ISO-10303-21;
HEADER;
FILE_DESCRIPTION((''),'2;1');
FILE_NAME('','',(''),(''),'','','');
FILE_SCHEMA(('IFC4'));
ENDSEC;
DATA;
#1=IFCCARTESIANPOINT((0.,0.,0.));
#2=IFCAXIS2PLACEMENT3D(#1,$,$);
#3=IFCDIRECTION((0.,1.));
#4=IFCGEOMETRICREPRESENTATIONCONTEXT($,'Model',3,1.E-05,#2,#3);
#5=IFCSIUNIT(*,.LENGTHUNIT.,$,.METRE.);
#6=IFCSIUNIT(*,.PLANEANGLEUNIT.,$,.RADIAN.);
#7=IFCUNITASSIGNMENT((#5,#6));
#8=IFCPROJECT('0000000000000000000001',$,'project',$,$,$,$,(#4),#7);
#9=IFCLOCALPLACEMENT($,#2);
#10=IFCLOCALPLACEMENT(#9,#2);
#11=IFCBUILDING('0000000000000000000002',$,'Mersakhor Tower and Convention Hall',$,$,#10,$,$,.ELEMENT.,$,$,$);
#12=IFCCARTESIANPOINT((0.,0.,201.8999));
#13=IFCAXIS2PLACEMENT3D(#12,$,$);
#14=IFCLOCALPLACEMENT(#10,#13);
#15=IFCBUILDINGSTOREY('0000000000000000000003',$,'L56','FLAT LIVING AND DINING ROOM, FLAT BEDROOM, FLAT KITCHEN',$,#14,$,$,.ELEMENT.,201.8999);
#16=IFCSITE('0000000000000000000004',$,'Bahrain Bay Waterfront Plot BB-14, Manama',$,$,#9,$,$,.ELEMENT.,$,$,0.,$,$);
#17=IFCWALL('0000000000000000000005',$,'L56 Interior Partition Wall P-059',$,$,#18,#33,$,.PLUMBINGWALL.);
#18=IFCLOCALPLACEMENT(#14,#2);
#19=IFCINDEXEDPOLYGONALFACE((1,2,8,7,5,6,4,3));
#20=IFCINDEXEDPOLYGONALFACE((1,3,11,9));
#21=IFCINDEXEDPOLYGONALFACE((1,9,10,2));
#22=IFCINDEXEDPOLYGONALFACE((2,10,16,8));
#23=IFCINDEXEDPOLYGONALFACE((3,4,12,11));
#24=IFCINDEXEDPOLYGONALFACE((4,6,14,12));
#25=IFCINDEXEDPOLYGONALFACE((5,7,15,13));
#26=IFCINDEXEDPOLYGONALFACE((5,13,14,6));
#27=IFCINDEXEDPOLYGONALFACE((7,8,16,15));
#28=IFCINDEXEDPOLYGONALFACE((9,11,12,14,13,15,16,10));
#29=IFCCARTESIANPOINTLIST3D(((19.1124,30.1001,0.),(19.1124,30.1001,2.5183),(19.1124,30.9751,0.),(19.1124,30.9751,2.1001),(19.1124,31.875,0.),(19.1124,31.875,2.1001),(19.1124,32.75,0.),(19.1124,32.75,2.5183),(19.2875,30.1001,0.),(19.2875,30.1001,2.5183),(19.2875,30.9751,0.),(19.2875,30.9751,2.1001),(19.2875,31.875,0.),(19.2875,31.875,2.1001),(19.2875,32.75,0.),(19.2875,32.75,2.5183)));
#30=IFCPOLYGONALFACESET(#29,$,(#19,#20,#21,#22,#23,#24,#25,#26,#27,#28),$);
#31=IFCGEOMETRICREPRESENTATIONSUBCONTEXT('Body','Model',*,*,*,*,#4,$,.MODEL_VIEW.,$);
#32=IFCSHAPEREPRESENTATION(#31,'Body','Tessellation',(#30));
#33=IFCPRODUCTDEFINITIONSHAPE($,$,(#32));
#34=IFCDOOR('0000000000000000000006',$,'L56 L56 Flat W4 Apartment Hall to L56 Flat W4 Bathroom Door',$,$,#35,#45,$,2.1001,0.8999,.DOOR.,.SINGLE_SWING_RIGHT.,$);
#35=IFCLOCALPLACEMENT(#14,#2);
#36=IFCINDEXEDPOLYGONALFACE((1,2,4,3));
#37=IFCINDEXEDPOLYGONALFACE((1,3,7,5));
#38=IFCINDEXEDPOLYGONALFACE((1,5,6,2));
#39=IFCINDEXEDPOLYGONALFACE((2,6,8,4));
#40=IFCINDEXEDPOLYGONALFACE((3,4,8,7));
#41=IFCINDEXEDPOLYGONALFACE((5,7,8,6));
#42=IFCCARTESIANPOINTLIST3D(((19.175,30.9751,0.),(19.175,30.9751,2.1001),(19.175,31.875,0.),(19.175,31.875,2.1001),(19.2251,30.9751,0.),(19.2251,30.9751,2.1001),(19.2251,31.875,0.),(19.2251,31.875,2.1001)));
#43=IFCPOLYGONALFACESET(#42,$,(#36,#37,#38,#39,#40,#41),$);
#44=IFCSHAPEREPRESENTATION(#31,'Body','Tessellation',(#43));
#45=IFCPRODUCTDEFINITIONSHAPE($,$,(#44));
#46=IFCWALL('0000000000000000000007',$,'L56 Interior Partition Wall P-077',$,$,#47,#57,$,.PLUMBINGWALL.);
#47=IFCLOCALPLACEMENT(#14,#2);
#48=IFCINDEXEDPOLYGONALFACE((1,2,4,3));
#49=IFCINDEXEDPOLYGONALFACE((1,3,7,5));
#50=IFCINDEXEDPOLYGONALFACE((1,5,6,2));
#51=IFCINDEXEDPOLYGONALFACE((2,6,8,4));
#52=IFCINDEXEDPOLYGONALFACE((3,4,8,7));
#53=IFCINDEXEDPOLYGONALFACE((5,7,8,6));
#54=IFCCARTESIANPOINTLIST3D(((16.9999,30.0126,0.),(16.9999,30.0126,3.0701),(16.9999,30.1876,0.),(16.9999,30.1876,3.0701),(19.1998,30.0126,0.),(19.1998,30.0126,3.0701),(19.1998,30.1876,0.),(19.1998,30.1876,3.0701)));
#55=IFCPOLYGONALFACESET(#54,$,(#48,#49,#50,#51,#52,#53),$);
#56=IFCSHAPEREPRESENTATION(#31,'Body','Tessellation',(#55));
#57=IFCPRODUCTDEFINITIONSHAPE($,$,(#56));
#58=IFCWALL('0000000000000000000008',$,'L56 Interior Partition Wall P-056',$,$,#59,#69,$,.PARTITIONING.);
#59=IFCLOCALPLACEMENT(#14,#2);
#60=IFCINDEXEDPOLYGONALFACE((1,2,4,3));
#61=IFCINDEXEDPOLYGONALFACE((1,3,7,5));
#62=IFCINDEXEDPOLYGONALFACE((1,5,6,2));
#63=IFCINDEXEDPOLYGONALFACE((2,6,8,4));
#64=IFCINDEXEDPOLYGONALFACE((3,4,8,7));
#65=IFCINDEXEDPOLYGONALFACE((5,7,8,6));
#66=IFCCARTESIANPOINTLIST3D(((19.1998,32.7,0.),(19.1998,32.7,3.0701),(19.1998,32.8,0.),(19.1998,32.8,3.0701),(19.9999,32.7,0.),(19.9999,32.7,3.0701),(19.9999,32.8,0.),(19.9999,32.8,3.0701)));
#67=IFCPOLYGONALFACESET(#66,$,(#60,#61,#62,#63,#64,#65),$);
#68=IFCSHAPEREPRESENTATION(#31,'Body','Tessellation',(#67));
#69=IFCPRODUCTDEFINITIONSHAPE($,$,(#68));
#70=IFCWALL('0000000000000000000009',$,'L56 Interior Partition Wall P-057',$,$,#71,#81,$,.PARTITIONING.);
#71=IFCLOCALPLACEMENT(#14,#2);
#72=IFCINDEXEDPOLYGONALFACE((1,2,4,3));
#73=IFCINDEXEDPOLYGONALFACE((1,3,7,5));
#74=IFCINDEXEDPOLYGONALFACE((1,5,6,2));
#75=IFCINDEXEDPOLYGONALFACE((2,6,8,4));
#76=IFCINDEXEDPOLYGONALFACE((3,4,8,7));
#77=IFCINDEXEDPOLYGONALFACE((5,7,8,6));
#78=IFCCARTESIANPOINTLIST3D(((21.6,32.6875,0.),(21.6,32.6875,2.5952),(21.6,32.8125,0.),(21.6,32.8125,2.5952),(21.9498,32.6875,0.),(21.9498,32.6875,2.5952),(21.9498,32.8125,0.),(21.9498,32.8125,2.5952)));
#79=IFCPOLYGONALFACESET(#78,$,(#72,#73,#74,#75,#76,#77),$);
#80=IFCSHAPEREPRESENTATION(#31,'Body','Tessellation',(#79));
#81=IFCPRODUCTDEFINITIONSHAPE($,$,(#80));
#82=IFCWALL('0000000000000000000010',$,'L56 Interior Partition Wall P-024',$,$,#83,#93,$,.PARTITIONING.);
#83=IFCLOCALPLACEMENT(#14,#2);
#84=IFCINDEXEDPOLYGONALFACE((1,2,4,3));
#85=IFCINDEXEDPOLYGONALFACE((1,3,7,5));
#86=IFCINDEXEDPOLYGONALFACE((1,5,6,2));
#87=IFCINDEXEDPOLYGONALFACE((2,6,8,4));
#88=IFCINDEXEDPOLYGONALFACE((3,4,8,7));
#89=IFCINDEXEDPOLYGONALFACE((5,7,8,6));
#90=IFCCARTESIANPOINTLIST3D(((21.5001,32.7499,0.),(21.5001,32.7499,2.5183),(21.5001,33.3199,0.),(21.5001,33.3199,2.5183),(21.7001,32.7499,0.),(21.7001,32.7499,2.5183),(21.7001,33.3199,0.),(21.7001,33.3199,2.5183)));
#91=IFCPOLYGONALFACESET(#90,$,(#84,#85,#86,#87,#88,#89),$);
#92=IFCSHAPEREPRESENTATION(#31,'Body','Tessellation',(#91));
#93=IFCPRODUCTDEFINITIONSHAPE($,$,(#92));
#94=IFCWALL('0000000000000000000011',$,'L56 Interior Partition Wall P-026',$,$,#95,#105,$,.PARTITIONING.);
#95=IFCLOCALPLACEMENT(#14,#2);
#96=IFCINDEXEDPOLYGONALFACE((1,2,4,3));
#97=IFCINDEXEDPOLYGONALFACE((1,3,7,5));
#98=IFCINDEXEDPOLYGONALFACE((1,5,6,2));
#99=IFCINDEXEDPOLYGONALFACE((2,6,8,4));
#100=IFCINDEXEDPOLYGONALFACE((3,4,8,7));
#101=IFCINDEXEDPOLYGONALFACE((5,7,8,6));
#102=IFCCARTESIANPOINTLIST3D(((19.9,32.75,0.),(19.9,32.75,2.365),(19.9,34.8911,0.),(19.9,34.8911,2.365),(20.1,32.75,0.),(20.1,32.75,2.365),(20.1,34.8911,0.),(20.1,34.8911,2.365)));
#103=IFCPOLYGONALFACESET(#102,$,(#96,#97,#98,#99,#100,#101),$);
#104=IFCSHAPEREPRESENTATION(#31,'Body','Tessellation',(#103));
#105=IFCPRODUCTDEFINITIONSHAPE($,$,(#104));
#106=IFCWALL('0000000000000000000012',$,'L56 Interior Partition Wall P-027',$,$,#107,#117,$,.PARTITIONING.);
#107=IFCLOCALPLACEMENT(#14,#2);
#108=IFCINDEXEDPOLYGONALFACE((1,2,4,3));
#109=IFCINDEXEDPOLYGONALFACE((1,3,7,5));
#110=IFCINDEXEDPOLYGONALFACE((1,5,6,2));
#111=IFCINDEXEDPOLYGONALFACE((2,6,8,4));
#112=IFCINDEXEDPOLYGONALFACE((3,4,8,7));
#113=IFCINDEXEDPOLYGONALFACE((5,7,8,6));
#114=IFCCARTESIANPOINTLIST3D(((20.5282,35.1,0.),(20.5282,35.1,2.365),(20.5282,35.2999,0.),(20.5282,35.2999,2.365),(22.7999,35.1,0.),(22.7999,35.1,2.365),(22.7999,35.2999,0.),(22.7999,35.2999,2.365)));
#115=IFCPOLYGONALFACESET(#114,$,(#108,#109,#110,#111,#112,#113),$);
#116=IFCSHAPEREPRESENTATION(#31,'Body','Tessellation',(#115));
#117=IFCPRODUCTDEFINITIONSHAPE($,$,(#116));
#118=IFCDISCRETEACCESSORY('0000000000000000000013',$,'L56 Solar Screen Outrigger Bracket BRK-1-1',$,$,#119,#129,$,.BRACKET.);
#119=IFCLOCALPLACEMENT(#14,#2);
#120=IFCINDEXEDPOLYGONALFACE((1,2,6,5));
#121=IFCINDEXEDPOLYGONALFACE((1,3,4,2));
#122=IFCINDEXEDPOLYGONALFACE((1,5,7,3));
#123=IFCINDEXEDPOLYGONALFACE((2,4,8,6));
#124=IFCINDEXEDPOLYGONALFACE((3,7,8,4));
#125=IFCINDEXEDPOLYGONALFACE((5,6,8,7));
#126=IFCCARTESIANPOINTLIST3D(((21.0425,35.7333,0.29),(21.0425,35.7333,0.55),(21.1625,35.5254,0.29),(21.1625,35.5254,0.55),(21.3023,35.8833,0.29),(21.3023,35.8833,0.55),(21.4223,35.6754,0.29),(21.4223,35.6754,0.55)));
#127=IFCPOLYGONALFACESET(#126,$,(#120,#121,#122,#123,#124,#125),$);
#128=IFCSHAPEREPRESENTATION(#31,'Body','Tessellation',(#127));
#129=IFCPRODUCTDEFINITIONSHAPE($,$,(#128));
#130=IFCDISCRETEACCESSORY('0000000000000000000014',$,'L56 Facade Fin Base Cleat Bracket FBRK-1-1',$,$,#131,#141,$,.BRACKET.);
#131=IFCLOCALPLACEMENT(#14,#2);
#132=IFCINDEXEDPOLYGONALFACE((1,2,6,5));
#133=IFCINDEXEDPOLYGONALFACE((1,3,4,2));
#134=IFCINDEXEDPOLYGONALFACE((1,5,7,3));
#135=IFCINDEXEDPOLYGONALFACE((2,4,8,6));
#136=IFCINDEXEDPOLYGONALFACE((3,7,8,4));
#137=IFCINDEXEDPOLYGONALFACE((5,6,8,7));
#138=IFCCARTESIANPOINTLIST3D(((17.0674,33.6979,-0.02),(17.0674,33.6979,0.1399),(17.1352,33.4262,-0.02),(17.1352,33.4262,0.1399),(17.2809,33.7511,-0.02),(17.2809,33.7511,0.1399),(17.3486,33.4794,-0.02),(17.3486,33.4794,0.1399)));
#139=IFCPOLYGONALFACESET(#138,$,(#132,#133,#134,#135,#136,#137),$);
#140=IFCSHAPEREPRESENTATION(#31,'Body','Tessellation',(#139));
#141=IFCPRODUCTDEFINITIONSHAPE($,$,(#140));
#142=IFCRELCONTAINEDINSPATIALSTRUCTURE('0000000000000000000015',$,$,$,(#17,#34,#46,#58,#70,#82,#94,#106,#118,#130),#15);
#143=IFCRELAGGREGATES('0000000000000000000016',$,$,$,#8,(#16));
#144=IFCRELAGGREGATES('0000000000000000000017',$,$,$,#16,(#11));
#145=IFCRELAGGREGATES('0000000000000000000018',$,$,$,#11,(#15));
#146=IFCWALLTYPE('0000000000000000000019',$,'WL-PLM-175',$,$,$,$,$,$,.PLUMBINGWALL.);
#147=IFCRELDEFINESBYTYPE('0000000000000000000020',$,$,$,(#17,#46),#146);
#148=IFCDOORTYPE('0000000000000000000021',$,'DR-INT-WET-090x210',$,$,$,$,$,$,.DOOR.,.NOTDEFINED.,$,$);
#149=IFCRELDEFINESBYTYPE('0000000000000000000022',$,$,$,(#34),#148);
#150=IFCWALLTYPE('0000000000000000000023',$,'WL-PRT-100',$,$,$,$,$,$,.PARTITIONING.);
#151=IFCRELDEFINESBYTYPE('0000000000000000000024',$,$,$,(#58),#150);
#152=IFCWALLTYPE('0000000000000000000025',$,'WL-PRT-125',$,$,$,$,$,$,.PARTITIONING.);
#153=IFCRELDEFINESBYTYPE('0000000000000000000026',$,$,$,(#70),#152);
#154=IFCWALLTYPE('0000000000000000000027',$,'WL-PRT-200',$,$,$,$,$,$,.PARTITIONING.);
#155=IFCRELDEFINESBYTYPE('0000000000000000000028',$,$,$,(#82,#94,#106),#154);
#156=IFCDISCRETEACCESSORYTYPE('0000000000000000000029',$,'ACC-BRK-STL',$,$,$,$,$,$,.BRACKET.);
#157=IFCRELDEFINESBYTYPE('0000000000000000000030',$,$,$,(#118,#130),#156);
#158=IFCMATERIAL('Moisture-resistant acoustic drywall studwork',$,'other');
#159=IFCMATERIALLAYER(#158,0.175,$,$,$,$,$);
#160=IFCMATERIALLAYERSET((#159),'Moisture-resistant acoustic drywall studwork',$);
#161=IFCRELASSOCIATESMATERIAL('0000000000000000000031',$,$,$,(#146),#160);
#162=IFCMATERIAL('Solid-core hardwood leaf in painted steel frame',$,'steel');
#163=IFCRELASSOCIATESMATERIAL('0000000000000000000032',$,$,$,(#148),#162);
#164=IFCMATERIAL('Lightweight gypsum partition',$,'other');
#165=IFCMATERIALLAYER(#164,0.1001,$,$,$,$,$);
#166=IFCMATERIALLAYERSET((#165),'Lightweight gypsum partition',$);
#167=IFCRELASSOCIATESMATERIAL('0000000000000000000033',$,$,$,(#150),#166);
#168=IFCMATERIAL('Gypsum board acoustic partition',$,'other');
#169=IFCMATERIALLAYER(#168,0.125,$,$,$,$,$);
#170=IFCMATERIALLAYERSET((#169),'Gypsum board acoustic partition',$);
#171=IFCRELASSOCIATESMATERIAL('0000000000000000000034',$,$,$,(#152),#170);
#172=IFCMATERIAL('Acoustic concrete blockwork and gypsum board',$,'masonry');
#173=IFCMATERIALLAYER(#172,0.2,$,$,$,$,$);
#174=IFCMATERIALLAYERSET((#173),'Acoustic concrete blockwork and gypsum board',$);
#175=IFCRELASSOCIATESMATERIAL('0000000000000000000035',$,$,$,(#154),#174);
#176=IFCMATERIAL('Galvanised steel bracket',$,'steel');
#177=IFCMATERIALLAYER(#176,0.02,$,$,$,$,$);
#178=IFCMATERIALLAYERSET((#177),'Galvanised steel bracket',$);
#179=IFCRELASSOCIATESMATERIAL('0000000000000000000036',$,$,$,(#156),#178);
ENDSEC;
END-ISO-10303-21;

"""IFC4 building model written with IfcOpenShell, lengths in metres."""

from ifc_helpers import new_model, si_unit, direction, frame, frame_2d, origin, origin_2d, place, context, subcontext, project, spatial, rectangle, extrude, material, layer, layer_set, type_object, element, fill, save


model = new_model("IFC4")

# Units and contexts
model_context = context("Model", 3, precision=1e-05, world=origin(), true_north=direction((0.0, 1.0)))
body_context = subcontext(model_context, "Body", "Model", "MODEL_VIEW")
ifc_project = project(units=[si_unit("LENGTHUNIT", "METRE"), si_unit("PLANEANGLEUNIT", "RADIAN")], contexts=[model_context])

# Site, building, storey
site_placement = place(None, origin())
site = spatial("IfcSite", under=ifc_project, at=site_placement, Name="Bahrain Bay Waterfront Plot BB-14, Manama", CompositionType="ELEMENT", RefElevation=0.0)
building_placement = place(site_placement, origin())
building = spatial("IfcBuilding", under=site, at=building_placement, Name="Mersakhor Tower and Convention Hall", CompositionType="ELEMENT")
storey_placement = place(building_placement, frame((0.0, 0.0, 201.8999)))
storey = spatial("IfcBuildingStorey", under=building, at=storey_placement, Name="L56", Description="FLAT LIVING AND DINING ROOM, FLAT BEDROOM, FLAT KITCHEN", CompositionType="ELEMENT", Elevation=201.8999)

# Wall, opening, door
ifc_material_1 = material(Name="Moisture-resistant acoustic drywall studwork", Category="other")
ifc_layer_1 = layer(ifc_material_1, 0.175)
ifc_layer_set_1 = layer_set([ifc_layer_1], Name="Moisture-resistant acoustic drywall studwork")
wall_type_1 = type_object("IfcWallType", Name="WL-PLM-175", PredefinedType="PLUMBINGWALL", material=ifc_layer_set_1)
wall_1_placement = place(storey_placement, frame((19.2, 30.1001, 0.0), z_axis=(0.0, 0.0, 1.0), x_axis=(0.0, 1.0, 0.0)))
wall_1 = element("IfcWall", 1, at=wall_1_placement, inside=storey, type_object=wall_type_1, Name="L56 Interior Partition Wall P-059", PredefinedType="PLUMBINGWALL", context=body_context, shape_type="SweptSolid", body=[
    extrude(rectangle(XDim=2.6499, YDim=0.175, at=frame_2d((1.325, 0.0))), origin(), (0.0, 0.0, 1.0), 2.5183),
])
opening_1_placement = place(wall_1_placement, frame((0.875, 0.0, 0.0)))
opening_1 = element("IfcOpeningElement", 2, at=opening_1_placement, cuts=wall_1, PredefinedType="OPENING", context=body_context, shape_type="SweptSolid", body=[
    extrude(rectangle(XDim=0.8999, YDim=2.1001, at=frame_2d((0.45, 1.05))), frame((0.0, 0.0974, 0.0), z_axis=(0.0, -1.0, 0.0), x_axis=(1.0, 0.0, 0.0)), (0.0, 0.0, 1.0), 0.1951),
])
ifc_material_2 = material(Name="Solid-core hardwood leaf in painted steel frame", Category="steel")
door_type_1 = type_object("IfcDoorType", Name="DR-INT-WET-090x210", OperationType="NOTDEFINED", PredefinedType="DOOR", material=ifc_material_2)
door_1_placement = place(opening_1_placement, origin())
door_1 = element("IfcDoor", 3, at=door_1_placement, inside=storey, type_object=door_type_1, Name="L56 L56 Flat W4 Apartment Hall to L56 Flat W4 Bathroom Door", OperationType="SINGLE_SWING_RIGHT", OverallHeight=2.1001, OverallWidth=0.8999, PredefinedType="DOOR", context=body_context, shape_type="SweptSolid", body=[
    extrude(rectangle(XDim=0.8999, YDim=2.1001, at=frame_2d((0.45, 1.05))), frame((0.0, 0.0249, 0.0), z_axis=(0.0, -1.0, 0.0), x_axis=(1.0, 0.0, 0.0)), (0.0, 0.0, 1.0), 0.05),
])
fill(opening_1, door_1)

# Walls
wall_2_placement = place(storey_placement, frame((19.2, 30.1001, 0.0), z_axis=(0.0, 0.0, 1.0), x_axis=(-1.0, 0.0, 0.0)))
element("IfcWall", 4, at=wall_2_placement, inside=storey, type_object=wall_type_1, Name="L56 Interior Partition Wall P-077", PredefinedType="PLUMBINGWALL", context=body_context, shape_type="SweptSolid", body=[
    extrude(rectangle(XDim=2.2, YDim=0.175, at=frame_2d((1.1001, 0.0))), origin(), (0.0, 0.0, 1.0), 3.0701),
])
ifc_material_3 = material(Name="Lightweight gypsum partition", Category="other")
ifc_layer_2 = layer(ifc_material_3, 0.1001)
ifc_layer_set_2 = layer_set([ifc_layer_2], Name="Lightweight gypsum partition")
wall_type_2 = type_object("IfcWallType", Name="WL-PRT-100", PredefinedType="PARTITIONING", material=ifc_layer_set_2)
wall_3_placement = place(storey_placement, frame((19.2, 32.75, 0.0), z_axis=(0.0, 0.0, 1.0), x_axis=(1.0, 0.0, 0.0)))
element("IfcWall", 5, at=wall_3_placement, inside=storey, type_object=wall_type_2, Name="L56 Interior Partition Wall P-056", PredefinedType="PARTITIONING", context=body_context, shape_type="SweptSolid", body=[
    extrude(rectangle(XDim=0.8, YDim=0.1001, at=frame_2d((0.3999, 0.0))), origin(), (0.0, 0.0, 1.0), 3.0701),
])
ifc_material_4 = material(Name="Gypsum board acoustic partition", Category="other")
ifc_layer_3 = layer(ifc_material_4, 0.125)
ifc_layer_set_3 = layer_set([ifc_layer_3], Name="Gypsum board acoustic partition")
wall_type_3 = type_object("IfcWallType", Name="WL-PRT-125", PredefinedType="PARTITIONING", material=ifc_layer_set_3)
wall_4_placement = place(storey_placement, frame((21.6001, 32.75, 0.0), z_axis=(0.0, 0.0, 1.0), x_axis=(1.0, 0.0, 0.0)))
element("IfcWall", 6, at=wall_4_placement, inside=storey, type_object=wall_type_3, Name="L56 Interior Partition Wall P-057", PredefinedType="PARTITIONING", context=body_context, shape_type="SweptSolid", body=[
    extrude(rectangle(XDim=0.3499, YDim=0.125, at=frame_2d((0.1748, 0.0))), origin(), (0.0, 0.0, 1.0), 2.5952),
])
ifc_material_5 = material(Name="Acoustic concrete blockwork and gypsum board", Category="masonry")
ifc_layer_4 = layer(ifc_material_5, 0.2)
ifc_layer_set_4 = layer_set([ifc_layer_4], Name="Acoustic concrete blockwork and gypsum board")
wall_type_4 = type_object("IfcWallType", Name="WL-PRT-200", PredefinedType="PARTITIONING", material=ifc_layer_set_4)
wall_5_placement = place(storey_placement, frame((21.6001, 33.3201, 0.0), z_axis=(0.0, 0.0, 1.0), x_axis=(0.0, -1.0, 0.0)))
element("IfcWall", 7, at=wall_5_placement, inside=storey, type_object=wall_type_4, Name="L56 Interior Partition Wall P-024", PredefinedType="PARTITIONING", context=body_context, shape_type="SweptSolid", body=[
    extrude(rectangle(XDim=0.5701, YDim=0.2, at=frame_2d((0.2852, 0.0))), origin(), (0.0, 0.0, 1.0), 2.5183),
])

# Walls
wall_6_placement = place(storey_placement, frame((20.0, 32.75, 0.0), z_axis=(0.0, 0.0, 1.0), x_axis=(0.0, 1.0, 0.0)))
element("IfcWall", 8, at=wall_6_placement, inside=storey, type_object=wall_type_4, Name="L56 Interior Partition Wall P-026", PredefinedType="PARTITIONING", context=body_context, shape_type="SweptSolid", body=[
    extrude(rectangle(XDim=2.1411, YDim=0.2, at=frame_2d((1.0706, 0.0))), origin(), (0.0, 0.0, 1.0), 2.365),
])
wall_7_placement = place(storey_placement, frame((20.5283, 35.2, 0.0), z_axis=(0.0, 0.0, 1.0), x_axis=(1.0, 0.0, 0.0)))
element("IfcWall", 9, at=wall_7_placement, inside=storey, type_object=wall_type_4, Name="L56 Interior Partition Wall P-027", PredefinedType="PARTITIONING", context=body_context, shape_type="SweptSolid", body=[
    extrude(rectangle(XDim=2.2717, YDim=0.2, at=frame_2d((1.1357, 0.0))), origin(), (0.0, 0.0, 1.0), 2.365),
])

# Discrete accessories
ifc_material_6 = material(Name="Galvanised steel bracket", Category="steel")
ifc_layer_5 = layer(ifc_material_6, 0.02)
ifc_layer_set_5 = layer_set([ifc_layer_5], Name="Galvanised steel bracket")
discrete_accessory_type = type_object("IfcDiscreteAccessoryType", Name="ACC-BRK-STL", PredefinedType="BRACKET", material=ifc_layer_set_5)
discrete_accessory_1_placement = place(storey_placement, frame((21.2324, 35.7043, 0.29), z_axis=(0.0, 0.0, 1.0), x_axis=(0.866025, 0.5, 0.0)))
element("IfcDiscreteAccessory", 10, at=discrete_accessory_1_placement, inside=storey, type_object=discrete_accessory_type, Name="L56 Solar Screen Outrigger Bracket BRK-1-1", PredefinedType="BRACKET", context=body_context, shape_type="SweptSolid", body=[
    extrude(rectangle(XDim=0.3, YDim=0.24, at=origin_2d()), origin(), (0.0, 0.0, 1.0), 0.26),
])
discrete_accessory_2_placement = place(storey_placement, frame((17.208, 33.5886, -0.02), z_axis=(0.0, 0.0, 1.0), x_axis=(-0.241922, 0.970296, 0.0)))
element("IfcDiscreteAccessory", 11, at=discrete_accessory_2_placement, inside=storey, type_object=discrete_accessory_type, Name="L56 Facade Fin Base Cleat Bracket FBRK-1-1", PredefinedType="BRACKET", context=body_context, shape_type="SweptSolid", body=[
    extrude(rectangle(XDim=0.28, YDim=0.22, at=origin_2d()), origin(), (0.0, 0.0, 1.0), 0.1599),
])

save(model, "model.ifc")
